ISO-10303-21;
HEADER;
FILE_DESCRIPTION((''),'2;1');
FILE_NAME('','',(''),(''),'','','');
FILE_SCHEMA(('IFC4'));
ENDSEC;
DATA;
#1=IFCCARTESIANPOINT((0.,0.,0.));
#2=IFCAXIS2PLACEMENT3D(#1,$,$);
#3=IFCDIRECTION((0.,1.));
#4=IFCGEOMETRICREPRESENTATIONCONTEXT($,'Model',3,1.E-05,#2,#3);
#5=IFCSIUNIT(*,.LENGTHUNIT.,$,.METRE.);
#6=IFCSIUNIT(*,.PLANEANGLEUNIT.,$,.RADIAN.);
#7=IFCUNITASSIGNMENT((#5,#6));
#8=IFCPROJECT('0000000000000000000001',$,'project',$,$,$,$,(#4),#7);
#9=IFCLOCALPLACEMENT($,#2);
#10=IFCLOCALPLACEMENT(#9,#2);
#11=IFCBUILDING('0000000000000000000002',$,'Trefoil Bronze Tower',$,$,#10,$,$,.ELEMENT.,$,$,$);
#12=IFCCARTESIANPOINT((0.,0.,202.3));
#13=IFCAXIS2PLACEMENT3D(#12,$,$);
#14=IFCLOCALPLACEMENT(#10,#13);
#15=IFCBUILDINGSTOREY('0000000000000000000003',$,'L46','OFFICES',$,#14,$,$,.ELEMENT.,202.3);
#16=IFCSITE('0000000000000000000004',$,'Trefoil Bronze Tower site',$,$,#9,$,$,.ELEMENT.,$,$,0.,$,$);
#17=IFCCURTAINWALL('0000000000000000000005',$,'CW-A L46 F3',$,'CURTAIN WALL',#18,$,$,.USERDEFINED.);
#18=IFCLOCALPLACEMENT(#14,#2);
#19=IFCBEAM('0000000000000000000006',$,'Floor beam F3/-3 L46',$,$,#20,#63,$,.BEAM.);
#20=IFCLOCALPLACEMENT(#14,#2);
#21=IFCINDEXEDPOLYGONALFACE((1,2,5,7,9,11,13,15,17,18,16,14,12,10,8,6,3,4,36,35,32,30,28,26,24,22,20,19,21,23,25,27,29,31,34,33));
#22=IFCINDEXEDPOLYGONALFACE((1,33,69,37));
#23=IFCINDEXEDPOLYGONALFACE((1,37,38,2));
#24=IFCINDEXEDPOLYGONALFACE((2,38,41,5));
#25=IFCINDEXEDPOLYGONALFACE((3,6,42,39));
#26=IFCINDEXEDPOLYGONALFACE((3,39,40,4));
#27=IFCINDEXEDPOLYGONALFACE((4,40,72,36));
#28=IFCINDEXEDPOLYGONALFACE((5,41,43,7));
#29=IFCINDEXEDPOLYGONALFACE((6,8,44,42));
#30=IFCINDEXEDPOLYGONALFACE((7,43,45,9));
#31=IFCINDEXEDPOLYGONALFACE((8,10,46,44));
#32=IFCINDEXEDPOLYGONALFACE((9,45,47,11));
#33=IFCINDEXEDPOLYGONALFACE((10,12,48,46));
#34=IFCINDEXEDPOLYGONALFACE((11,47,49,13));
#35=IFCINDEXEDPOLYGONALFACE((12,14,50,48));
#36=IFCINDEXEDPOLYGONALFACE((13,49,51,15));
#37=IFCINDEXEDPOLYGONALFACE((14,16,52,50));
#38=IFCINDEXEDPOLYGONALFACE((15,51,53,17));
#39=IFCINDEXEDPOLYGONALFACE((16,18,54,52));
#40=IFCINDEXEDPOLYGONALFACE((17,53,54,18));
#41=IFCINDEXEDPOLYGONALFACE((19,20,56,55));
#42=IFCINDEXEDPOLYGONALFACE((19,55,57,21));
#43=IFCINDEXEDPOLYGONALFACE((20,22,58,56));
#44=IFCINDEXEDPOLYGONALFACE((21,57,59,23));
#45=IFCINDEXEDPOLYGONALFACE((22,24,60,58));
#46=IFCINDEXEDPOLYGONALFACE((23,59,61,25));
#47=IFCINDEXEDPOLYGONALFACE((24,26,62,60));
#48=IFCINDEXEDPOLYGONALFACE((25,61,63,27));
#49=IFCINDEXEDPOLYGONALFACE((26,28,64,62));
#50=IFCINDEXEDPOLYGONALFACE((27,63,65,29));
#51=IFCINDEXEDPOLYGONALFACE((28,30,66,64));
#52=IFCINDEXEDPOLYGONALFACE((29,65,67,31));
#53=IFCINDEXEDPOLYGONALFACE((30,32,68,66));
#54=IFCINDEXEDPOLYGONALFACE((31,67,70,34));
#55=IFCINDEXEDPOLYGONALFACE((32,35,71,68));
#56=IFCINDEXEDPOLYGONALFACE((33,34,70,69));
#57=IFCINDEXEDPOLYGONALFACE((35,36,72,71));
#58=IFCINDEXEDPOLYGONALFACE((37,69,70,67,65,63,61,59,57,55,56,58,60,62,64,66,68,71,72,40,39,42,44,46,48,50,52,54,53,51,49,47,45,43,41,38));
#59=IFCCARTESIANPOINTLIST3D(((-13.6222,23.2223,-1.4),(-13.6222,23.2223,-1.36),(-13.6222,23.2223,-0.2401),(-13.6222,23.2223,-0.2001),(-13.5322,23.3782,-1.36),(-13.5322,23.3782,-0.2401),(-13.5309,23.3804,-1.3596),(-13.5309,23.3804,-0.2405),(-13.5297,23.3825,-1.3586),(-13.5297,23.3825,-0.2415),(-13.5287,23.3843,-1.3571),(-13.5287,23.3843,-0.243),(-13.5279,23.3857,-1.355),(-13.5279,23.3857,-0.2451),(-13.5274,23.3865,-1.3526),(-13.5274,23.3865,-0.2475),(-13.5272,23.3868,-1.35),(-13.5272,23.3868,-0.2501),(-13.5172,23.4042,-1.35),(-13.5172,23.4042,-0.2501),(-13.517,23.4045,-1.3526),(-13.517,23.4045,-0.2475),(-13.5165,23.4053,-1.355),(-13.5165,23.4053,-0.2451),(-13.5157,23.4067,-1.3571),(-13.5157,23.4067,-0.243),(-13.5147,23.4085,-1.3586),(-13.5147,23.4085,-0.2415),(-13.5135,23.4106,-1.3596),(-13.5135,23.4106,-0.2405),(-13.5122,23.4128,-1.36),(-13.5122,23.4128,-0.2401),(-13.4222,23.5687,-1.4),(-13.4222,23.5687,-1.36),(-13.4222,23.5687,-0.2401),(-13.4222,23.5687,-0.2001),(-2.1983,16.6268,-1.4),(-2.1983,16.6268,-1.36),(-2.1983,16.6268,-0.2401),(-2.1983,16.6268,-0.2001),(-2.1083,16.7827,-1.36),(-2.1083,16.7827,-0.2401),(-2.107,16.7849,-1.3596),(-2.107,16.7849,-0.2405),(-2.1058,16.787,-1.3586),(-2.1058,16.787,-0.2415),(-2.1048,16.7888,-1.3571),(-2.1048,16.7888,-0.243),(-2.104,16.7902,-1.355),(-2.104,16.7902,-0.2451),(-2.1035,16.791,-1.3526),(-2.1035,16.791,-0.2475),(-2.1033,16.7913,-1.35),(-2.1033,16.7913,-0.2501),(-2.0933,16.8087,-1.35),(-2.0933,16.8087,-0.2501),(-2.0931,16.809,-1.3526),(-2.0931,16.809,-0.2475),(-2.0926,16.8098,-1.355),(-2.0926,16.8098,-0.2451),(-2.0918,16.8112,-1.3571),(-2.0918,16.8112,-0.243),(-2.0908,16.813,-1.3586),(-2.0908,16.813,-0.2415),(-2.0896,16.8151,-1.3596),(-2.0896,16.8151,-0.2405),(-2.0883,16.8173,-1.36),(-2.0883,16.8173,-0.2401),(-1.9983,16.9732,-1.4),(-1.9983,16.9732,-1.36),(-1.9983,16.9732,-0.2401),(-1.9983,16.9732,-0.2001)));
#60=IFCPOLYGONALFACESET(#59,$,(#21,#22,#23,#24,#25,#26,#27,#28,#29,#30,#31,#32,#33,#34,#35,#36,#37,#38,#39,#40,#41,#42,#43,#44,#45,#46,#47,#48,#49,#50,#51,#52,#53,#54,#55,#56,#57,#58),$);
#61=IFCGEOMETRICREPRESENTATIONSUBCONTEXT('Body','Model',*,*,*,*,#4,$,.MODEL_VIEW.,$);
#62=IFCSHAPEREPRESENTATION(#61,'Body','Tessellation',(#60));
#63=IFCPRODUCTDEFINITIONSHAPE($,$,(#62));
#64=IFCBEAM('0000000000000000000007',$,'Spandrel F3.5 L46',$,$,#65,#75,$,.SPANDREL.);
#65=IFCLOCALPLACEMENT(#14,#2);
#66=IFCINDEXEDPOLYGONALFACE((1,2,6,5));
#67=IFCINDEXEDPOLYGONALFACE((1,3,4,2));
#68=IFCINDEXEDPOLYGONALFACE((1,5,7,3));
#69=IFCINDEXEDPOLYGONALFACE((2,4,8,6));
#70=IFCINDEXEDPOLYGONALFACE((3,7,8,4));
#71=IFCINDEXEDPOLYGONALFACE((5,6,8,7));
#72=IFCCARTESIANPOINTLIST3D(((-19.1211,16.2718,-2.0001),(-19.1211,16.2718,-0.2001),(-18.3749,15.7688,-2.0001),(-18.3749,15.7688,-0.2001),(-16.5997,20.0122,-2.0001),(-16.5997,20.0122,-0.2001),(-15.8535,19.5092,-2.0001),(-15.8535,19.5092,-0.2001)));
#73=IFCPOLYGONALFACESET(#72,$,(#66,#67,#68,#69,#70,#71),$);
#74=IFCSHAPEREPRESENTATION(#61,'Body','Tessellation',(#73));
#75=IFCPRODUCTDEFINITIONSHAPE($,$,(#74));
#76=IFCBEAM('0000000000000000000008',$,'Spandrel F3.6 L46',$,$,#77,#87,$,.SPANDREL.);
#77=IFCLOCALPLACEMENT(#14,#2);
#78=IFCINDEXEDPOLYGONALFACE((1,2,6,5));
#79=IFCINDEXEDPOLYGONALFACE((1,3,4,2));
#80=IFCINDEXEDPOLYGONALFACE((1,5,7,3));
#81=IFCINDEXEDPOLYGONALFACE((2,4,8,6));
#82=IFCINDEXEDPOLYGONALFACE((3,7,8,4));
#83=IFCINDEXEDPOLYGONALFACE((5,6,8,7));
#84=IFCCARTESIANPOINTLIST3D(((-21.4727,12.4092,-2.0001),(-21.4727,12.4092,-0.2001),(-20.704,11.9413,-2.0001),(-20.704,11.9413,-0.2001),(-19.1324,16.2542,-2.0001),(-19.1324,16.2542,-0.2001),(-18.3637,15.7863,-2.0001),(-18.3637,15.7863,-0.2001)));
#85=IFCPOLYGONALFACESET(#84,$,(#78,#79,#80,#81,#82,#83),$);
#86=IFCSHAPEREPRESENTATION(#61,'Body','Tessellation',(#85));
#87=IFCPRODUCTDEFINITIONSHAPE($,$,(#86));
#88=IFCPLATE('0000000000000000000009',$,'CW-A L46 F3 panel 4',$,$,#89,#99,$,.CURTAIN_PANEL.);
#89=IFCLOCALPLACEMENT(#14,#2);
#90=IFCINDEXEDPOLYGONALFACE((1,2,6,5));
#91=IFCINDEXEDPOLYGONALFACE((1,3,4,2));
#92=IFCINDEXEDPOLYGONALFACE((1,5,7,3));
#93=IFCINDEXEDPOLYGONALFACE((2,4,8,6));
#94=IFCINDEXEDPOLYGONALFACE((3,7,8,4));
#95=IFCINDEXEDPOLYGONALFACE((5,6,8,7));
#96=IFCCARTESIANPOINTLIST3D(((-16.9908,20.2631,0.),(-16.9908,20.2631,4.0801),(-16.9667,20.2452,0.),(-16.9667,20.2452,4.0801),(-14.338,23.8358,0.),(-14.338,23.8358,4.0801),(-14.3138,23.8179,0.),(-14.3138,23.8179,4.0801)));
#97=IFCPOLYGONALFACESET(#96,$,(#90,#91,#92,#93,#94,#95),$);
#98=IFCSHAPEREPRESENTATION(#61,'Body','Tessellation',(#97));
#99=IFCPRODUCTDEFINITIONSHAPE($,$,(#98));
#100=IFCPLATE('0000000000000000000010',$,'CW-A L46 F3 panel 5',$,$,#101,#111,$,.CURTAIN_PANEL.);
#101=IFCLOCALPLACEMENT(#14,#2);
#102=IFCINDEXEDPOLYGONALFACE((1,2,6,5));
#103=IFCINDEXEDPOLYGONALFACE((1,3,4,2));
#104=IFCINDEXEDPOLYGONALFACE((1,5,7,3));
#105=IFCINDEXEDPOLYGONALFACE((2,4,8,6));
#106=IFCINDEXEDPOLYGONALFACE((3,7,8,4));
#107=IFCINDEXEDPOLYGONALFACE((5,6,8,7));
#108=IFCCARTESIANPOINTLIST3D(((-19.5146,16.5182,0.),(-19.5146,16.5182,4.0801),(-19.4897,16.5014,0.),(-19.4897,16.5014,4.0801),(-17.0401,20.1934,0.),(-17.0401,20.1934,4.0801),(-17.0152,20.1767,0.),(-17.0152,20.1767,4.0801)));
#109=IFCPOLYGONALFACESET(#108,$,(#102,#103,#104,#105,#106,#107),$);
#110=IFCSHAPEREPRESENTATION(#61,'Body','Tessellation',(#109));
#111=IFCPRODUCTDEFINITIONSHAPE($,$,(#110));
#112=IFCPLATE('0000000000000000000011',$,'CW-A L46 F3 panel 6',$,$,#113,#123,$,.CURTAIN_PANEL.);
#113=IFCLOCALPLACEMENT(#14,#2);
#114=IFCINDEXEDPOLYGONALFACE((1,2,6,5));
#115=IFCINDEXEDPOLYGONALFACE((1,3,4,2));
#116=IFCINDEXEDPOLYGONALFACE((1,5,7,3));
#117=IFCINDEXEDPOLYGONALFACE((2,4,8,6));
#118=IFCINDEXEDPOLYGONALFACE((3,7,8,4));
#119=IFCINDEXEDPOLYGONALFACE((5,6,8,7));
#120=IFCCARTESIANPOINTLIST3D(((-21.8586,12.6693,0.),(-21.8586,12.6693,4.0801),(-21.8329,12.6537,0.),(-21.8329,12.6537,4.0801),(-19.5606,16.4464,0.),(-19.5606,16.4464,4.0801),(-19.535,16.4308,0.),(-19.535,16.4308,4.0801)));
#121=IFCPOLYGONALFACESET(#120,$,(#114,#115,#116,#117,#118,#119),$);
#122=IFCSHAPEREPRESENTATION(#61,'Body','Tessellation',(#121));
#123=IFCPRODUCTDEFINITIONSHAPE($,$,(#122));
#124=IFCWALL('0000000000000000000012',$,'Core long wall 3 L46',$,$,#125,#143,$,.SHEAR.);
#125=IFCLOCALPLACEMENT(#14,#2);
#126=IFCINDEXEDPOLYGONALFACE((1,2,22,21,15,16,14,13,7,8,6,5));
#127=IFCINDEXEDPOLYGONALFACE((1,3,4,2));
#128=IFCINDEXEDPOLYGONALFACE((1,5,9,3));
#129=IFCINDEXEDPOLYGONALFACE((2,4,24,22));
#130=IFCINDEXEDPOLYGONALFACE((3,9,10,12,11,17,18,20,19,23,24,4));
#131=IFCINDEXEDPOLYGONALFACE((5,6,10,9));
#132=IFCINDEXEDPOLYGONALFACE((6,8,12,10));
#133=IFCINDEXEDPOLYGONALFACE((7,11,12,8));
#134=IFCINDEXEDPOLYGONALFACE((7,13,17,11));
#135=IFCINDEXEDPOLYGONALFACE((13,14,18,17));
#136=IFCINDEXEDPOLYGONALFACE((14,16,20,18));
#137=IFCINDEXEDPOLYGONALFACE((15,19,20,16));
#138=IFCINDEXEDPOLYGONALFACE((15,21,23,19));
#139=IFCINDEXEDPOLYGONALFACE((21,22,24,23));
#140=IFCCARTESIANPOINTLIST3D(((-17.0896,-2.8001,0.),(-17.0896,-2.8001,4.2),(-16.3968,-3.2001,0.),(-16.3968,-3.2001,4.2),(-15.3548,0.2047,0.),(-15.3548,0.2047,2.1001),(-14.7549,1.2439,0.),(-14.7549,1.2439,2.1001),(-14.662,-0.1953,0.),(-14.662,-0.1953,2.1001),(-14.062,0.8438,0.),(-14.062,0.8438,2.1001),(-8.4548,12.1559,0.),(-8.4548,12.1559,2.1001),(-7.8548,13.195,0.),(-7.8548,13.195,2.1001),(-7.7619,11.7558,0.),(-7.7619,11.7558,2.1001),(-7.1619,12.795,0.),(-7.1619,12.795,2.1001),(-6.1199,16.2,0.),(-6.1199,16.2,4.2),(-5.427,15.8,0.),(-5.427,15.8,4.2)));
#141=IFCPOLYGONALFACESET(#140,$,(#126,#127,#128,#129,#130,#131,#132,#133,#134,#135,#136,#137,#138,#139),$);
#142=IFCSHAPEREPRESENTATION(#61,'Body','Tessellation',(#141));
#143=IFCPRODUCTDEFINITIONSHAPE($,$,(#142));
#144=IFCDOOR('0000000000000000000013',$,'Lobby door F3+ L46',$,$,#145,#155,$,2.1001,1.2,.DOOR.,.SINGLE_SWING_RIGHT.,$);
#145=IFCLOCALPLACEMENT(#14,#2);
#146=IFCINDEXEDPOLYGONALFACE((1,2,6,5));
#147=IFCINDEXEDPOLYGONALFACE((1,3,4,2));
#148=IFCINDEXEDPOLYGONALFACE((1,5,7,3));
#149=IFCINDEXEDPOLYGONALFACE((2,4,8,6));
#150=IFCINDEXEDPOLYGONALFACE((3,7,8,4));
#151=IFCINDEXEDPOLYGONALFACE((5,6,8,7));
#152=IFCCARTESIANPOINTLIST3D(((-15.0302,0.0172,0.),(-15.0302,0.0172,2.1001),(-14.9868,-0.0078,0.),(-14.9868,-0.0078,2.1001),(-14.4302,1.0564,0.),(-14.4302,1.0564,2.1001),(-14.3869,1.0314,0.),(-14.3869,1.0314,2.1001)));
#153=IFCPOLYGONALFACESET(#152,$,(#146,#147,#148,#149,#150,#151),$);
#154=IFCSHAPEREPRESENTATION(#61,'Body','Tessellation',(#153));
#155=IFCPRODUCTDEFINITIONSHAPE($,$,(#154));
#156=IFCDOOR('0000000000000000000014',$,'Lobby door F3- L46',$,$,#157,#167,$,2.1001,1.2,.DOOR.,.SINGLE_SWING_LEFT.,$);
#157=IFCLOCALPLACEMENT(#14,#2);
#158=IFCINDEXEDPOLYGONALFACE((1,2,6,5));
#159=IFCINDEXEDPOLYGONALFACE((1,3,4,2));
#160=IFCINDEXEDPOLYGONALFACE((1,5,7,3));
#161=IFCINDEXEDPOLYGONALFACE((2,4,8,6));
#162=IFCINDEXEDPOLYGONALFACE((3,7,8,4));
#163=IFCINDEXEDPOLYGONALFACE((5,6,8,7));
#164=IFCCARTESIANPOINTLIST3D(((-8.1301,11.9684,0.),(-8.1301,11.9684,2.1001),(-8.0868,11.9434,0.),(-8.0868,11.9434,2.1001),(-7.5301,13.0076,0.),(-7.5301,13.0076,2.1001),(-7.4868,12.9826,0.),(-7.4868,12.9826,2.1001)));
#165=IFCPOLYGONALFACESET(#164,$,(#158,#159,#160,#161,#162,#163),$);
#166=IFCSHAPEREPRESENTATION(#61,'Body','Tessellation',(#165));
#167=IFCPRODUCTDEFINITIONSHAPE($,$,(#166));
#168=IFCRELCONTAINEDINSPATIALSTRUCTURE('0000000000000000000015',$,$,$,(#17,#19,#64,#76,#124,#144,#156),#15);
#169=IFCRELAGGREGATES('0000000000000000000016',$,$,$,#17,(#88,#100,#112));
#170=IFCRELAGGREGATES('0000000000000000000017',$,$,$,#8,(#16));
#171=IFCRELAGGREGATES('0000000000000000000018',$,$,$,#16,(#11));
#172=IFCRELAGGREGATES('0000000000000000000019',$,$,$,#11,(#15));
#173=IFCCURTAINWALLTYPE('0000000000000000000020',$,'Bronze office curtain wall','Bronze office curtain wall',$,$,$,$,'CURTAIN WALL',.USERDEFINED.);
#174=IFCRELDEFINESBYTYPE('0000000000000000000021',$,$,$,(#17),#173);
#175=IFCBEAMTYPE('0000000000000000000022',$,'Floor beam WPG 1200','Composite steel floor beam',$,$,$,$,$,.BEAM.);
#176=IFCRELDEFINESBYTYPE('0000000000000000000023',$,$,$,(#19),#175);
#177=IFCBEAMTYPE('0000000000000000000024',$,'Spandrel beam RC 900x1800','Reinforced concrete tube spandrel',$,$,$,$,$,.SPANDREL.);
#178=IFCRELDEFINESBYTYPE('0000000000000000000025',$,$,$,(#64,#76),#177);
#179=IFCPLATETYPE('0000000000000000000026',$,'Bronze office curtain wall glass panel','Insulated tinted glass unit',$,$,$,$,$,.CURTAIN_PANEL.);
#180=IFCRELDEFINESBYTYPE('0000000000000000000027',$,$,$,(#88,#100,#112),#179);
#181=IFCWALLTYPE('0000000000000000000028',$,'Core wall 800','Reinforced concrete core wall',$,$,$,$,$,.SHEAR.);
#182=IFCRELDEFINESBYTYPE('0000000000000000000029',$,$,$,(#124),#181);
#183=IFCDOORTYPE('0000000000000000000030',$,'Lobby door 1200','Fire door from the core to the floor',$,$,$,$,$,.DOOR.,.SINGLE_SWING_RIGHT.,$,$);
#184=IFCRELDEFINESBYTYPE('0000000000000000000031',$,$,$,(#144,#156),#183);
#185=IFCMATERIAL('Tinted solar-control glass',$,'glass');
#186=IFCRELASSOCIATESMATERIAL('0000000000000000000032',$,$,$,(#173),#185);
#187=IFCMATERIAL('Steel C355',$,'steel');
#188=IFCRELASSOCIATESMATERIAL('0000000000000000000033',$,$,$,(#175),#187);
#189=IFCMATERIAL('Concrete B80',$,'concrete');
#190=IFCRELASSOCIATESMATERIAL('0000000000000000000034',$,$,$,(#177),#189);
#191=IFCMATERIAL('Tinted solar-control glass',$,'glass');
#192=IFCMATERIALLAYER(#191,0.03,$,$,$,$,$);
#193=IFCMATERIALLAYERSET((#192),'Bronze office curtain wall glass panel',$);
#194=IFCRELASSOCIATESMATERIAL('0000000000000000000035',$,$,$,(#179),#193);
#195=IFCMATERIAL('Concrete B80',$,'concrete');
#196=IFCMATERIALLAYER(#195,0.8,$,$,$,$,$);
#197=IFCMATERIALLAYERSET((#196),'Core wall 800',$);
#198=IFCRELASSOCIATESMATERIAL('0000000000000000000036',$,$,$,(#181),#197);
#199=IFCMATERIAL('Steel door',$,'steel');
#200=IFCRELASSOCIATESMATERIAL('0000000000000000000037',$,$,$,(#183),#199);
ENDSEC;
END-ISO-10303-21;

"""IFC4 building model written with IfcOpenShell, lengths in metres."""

from ifc_helpers import new_model, si_unit, direction, frame, frame_2d, origin, origin_2d, place, context, subcontext, project, spatial, rectangle, i_section, extrude, material, layer, layer_set, material_profile, profile_set, type_object, element, fill, aggregate, save


model = new_model("IFC4")

# Units and contexts
model_context = context("Model", 3, precision=1e-05, world=origin(), true_north=direction((0.0, 1.0)))
body_context = subcontext(model_context, "Body", "Model", "MODEL_VIEW")
ifc_project = project(units=[si_unit("LENGTHUNIT", "METRE"), si_unit("PLANEANGLEUNIT", "RADIAN")], contexts=[model_context])

# Site, building, storey
site_placement = place(None, origin())
site = spatial("IfcSite", under=ifc_project, at=site_placement, Name="Trefoil Bronze Tower site", CompositionType="ELEMENT", RefElevation=0.0)
building_placement = place(site_placement, origin())
building = spatial("IfcBuilding", under=site, at=building_placement, Name="Trefoil Bronze Tower", CompositionType="ELEMENT")
storey_placement = place(building_placement, frame((0.0, 0.0, 202.3)))
storey = spatial("IfcBuildingStorey", under=building, at=storey_placement, Name="L46", Description="OFFICES", CompositionType="ELEMENT", Elevation=202.3)

# Curtain wall
ifc_material_1 = material(Name="Tinted solar-control glass", Category="glass")
curtain_wall_type = type_object("IfcCurtainWallType", Name="Bronze office curtain wall", Description="Bronze office curtain wall", ElementType="CURTAIN WALL", PredefinedType="USERDEFINED", material=ifc_material_1)
curtain_wall_placement = place(storey_placement, origin())
curtain_wall = element("IfcCurtainWall", 1, at=curtain_wall_placement, inside=storey, type_object=curtain_wall_type, Name="CW-A L46 F3", ObjectType="CURTAIN WALL", PredefinedType="USERDEFINED")

# Beams
ifc_material_2 = material(Name="Steel C355", Category="steel")
ifc_material_profile_1 = material_profile(ifc_material_2, i_section(OverallWidth=0.3999, OverallDepth=1.2, WebThickness=0.02, FlangeThickness=0.04, FilletRadius=0.01, at=origin_2d()), Name="WPG 1200")
ifc_profile_set_1 = profile_set([ifc_material_profile_1], Name="Steel C355")
beam_type_1 = type_object("IfcBeamType", Name="Floor beam WPG 1200", Description="Composite steel floor beam", PredefinedType="BEAM", material=ifc_profile_set_1)
beam_1_placement = place(storey_placement, frame((-13.5222, 23.3955, -0.8), z_axis=(0.866028, -0.499995, 0.0), x_axis=(0.499995, 0.866028, 0.0)))
element("IfcBeam", 2, at=beam_1_placement, inside=storey, type_object=beam_type_1, Name="Floor beam F3/-3 L46", PredefinedType="BEAM", context=body_context, shape_type="SweptSolid", body=[
    extrude(i_section(OverallWidth=0.3999, OverallDepth=1.2, WebThickness=0.02, FlangeThickness=0.04, FilletRadius=0.01, at=origin_2d()), origin(), (0.0, 0.0, 1.0), 13.1912),
])
ifc_material_3 = material(Name="Concrete B80", Category="concrete")
ifc_material_profile_2 = material_profile(ifc_material_3, rectangle(XDim=0.8999, YDim=1.8, at=origin_2d()), Name="RC 900x1800")
ifc_profile_set_2 = profile_set([ifc_material_profile_2], Name="Concrete B80")
beam_type_2 = type_object("IfcBeamType", Name="Spandrel beam RC 900x1800", Description="Reinforced concrete tube spandrel", PredefinedType="SPANDREL", material=ifc_profile_set_2)
beam_2_placement = place(storey_placement, frame((-16.2266, 19.7607, -1.1001), z_axis=(-0.558964, -0.829192, 0.0), x_axis=(0.829192, -0.558964, 0.0)))
element("IfcBeam", 3, at=beam_2_placement, inside=storey, type_object=beam_type_2, Name="Spandrel F3.5 L46", PredefinedType="SPANDREL", context=body_context, shape_type="SweptSolid", body=[
    extrude(rectangle(XDim=0.8999, YDim=1.8, at=origin_2d()), origin(), (0.0, 0.0, 1.0), 4.511),
])
beam_3_placement = place(storey_placement, frame((-18.748, 16.0203, -1.1001), z_axis=(-0.519933, -0.854207, 0.0), x_axis=(0.854207, -0.519933, 0.0)))
element("IfcBeam", 4, at=beam_3_placement, inside=storey, type_object=beam_type_2, Name="Spandrel F3.6 L46", PredefinedType="SPANDREL", context=body_context, shape_type="SweptSolid", body=[
    extrude(rectangle(XDim=0.8999, YDim=1.8, at=origin_2d()), origin(), (0.0, 0.0, 1.0), 4.5012),
])

# Plates
ifc_material_4 = material(Name="Tinted solar-control glass", Category="glass")
ifc_layer_1 = layer(ifc_material_4, 0.03)
ifc_layer_set_1 = layer_set([ifc_layer_1], Name="Bronze office curtain wall glass panel")
plate_type = type_object("IfcPlateType", Name="Bronze office curtain wall glass panel", Description="Insulated tinted glass unit", PredefinedType="CURTAIN_PANEL", material=ifc_layer_set_1)
plate_1_placement = place(storey_placement, frame((-15.6523, 22.0405, 0.0), z_axis=(0.0, 0.0, 1.0), x_axis=(-0.596162, -0.802865, 0.0)))
plate_1 = element("IfcPlate", 5, at=plate_1_placement, type_object=plate_type, Name="CW-A L46 F3 panel 4", PredefinedType="CURTAIN_PANEL", context=body_context, shape_type="SweptSolid", body=[
    extrude(rectangle(XDim=4.45, YDim=0.03, at=origin_2d()), origin(), (0.0, 0.0, 1.0), 4.0801),
])
plate_2_placement = place(storey_placement, frame((-18.2649, 18.3474, 0.0), z_axis=(0.0, 0.0, 1.0), x_axis=(-0.558493, -0.829509, 0.0)))
plate_2 = element("IfcPlate", 6, at=plate_2_placement, type_object=plate_type, Name="CW-A L46 F3 panel 5", PredefinedType="CURTAIN_PANEL", context=body_context, shape_type="SweptSolid", body=[
    extrude(rectangle(XDim=4.4307, YDim=0.03, at=origin_2d()), origin(), (0.0, 0.0, 1.0), 4.0801),
])
plate_3_placement = place(storey_placement, frame((-20.6968, 14.55, 0.0), z_axis=(0.0, 0.0, 1.0), x_axis=(-0.519762, -0.854311, 0.0)))
plate_3 = element("IfcPlate", 7, at=plate_3_placement, type_object=plate_type, Name="CW-A L46 F3 panel 6", PredefinedType="CURTAIN_PANEL", context=body_context, shape_type="SweptSolid", body=[
    extrude(rectangle(XDim=4.4211, YDim=0.03, at=origin_2d()), origin(), (0.0, 0.0, 1.0), 4.0801),
])
aggregate(curtain_wall, [plate_1, plate_2, plate_3])

# Wall, openings, doors
ifc_material_5 = material(Name="Concrete B80", Category="concrete")
ifc_layer_2 = layer(ifc_material_5, 0.8)
ifc_layer_set_2 = layer_set([ifc_layer_2], Name="Core wall 800")
wall_type_1 = type_object("IfcWallType", Name="Core wall 800", Description="Reinforced concrete core wall", PredefinedType="SHEAR", material=ifc_layer_set_2)
wall_1_placement = place(storey_placement, frame((-5.7734, 16.0, 0.0), z_axis=(0.0, 0.0, 1.0), x_axis=(-0.500002, -0.866024, 0.0)))
wall_1 = element("IfcWall", 8, at=wall_1_placement, inside=storey, type_object=wall_type_1, Name="Core long wall 3 L46", PredefinedType="SHEAR", context=body_context, shape_type="SweptSolid", body=[
    extrude(rectangle(XDim=21.9395, YDim=0.8, at=frame_2d((10.9697, 0.0))), origin(), (0.0, 0.0, 1.0), 4.2),
])
opening_1_placement = place(wall_1_placement, frame((17.2698, 0.0, 0.0)))
opening_1 = element("IfcOpeningElement", 9, at=opening_1_placement, cuts=wall_1, PredefinedType="OPENING", context=body_context, shape_type="SweptSolid", body=[
    extrude(rectangle(XDim=1.2, YDim=2.1001, at=frame_2d((0.6001, 1.05))), frame((0.0, 0.4099, 0.0), z_axis=(0.0, -1.0, 0.0), x_axis=(1.0, 0.0, 0.0)), (0.0, 0.0, 1.0), 0.8201),
])
opening_2_placement = place(wall_1_placement, frame((3.4697, 0.0, 0.0)))
opening_2 = element("IfcOpeningElement", 10, at=opening_2_placement, cuts=wall_1, PredefinedType="OPENING", context=body_context, shape_type="SweptSolid", body=[
    extrude(rectangle(XDim=1.2, YDim=2.1001, at=frame_2d((0.6001, 1.05))), frame((0.0, 0.4099, 0.0), z_axis=(0.0, -1.0, 0.0), x_axis=(1.0, 0.0, 0.0)), (0.0, 0.0, 1.0), 0.8201),
])
ifc_material_6 = material(Name="Steel door", Category="steel")
door_type_1 = type_object("IfcDoorType", Name="Lobby door 1200", Description="Fire door from the core to the floor", OperationType="SINGLE_SWING_RIGHT", PredefinedType="DOOR", material=ifc_material_6)
door_1_placement = place(opening_1_placement, origin())
door_1 = element("IfcDoor", 11, at=door_1_placement, inside=storey, type_object=door_type_1, Name="Lobby door F3+ L46", OperationType="SINGLE_SWING_RIGHT", OverallHeight=2.1001, OverallWidth=1.2, PredefinedType="DOOR", context=body_context, shape_type="SweptSolid", body=[
    extrude(rectangle(XDim=1.2, YDim=2.1001, at=frame_2d((0.6001, 1.05))), frame((0.0, 0.0249, 0.0), z_axis=(0.0, -1.0, 0.0), x_axis=(1.0, 0.0, 0.0)), (0.0, 0.0, 1.0), 0.05),
])
fill(opening_1, door_1)
door_2_placement = place(opening_2_placement, origin())
door_2 = element("IfcDoor", 12, at=door_2_placement, inside=storey, type_object=door_type_1, Name="Lobby door F3- L46", OperationType="SINGLE_SWING_LEFT", OverallHeight=2.1001, OverallWidth=1.2, PredefinedType="DOOR", context=body_context, shape_type="SweptSolid", body=[
    extrude(rectangle(XDim=1.2, YDim=2.1001, at=frame_2d((0.6001, 1.05))), frame((0.0, 0.0249, 0.0), z_axis=(0.0, -1.0, 0.0), x_axis=(1.0, 0.0, 0.0)), (0.0, 0.0, 1.0), 0.05),
])
fill(opening_2, door_2)

save(model, "model.ifc")
